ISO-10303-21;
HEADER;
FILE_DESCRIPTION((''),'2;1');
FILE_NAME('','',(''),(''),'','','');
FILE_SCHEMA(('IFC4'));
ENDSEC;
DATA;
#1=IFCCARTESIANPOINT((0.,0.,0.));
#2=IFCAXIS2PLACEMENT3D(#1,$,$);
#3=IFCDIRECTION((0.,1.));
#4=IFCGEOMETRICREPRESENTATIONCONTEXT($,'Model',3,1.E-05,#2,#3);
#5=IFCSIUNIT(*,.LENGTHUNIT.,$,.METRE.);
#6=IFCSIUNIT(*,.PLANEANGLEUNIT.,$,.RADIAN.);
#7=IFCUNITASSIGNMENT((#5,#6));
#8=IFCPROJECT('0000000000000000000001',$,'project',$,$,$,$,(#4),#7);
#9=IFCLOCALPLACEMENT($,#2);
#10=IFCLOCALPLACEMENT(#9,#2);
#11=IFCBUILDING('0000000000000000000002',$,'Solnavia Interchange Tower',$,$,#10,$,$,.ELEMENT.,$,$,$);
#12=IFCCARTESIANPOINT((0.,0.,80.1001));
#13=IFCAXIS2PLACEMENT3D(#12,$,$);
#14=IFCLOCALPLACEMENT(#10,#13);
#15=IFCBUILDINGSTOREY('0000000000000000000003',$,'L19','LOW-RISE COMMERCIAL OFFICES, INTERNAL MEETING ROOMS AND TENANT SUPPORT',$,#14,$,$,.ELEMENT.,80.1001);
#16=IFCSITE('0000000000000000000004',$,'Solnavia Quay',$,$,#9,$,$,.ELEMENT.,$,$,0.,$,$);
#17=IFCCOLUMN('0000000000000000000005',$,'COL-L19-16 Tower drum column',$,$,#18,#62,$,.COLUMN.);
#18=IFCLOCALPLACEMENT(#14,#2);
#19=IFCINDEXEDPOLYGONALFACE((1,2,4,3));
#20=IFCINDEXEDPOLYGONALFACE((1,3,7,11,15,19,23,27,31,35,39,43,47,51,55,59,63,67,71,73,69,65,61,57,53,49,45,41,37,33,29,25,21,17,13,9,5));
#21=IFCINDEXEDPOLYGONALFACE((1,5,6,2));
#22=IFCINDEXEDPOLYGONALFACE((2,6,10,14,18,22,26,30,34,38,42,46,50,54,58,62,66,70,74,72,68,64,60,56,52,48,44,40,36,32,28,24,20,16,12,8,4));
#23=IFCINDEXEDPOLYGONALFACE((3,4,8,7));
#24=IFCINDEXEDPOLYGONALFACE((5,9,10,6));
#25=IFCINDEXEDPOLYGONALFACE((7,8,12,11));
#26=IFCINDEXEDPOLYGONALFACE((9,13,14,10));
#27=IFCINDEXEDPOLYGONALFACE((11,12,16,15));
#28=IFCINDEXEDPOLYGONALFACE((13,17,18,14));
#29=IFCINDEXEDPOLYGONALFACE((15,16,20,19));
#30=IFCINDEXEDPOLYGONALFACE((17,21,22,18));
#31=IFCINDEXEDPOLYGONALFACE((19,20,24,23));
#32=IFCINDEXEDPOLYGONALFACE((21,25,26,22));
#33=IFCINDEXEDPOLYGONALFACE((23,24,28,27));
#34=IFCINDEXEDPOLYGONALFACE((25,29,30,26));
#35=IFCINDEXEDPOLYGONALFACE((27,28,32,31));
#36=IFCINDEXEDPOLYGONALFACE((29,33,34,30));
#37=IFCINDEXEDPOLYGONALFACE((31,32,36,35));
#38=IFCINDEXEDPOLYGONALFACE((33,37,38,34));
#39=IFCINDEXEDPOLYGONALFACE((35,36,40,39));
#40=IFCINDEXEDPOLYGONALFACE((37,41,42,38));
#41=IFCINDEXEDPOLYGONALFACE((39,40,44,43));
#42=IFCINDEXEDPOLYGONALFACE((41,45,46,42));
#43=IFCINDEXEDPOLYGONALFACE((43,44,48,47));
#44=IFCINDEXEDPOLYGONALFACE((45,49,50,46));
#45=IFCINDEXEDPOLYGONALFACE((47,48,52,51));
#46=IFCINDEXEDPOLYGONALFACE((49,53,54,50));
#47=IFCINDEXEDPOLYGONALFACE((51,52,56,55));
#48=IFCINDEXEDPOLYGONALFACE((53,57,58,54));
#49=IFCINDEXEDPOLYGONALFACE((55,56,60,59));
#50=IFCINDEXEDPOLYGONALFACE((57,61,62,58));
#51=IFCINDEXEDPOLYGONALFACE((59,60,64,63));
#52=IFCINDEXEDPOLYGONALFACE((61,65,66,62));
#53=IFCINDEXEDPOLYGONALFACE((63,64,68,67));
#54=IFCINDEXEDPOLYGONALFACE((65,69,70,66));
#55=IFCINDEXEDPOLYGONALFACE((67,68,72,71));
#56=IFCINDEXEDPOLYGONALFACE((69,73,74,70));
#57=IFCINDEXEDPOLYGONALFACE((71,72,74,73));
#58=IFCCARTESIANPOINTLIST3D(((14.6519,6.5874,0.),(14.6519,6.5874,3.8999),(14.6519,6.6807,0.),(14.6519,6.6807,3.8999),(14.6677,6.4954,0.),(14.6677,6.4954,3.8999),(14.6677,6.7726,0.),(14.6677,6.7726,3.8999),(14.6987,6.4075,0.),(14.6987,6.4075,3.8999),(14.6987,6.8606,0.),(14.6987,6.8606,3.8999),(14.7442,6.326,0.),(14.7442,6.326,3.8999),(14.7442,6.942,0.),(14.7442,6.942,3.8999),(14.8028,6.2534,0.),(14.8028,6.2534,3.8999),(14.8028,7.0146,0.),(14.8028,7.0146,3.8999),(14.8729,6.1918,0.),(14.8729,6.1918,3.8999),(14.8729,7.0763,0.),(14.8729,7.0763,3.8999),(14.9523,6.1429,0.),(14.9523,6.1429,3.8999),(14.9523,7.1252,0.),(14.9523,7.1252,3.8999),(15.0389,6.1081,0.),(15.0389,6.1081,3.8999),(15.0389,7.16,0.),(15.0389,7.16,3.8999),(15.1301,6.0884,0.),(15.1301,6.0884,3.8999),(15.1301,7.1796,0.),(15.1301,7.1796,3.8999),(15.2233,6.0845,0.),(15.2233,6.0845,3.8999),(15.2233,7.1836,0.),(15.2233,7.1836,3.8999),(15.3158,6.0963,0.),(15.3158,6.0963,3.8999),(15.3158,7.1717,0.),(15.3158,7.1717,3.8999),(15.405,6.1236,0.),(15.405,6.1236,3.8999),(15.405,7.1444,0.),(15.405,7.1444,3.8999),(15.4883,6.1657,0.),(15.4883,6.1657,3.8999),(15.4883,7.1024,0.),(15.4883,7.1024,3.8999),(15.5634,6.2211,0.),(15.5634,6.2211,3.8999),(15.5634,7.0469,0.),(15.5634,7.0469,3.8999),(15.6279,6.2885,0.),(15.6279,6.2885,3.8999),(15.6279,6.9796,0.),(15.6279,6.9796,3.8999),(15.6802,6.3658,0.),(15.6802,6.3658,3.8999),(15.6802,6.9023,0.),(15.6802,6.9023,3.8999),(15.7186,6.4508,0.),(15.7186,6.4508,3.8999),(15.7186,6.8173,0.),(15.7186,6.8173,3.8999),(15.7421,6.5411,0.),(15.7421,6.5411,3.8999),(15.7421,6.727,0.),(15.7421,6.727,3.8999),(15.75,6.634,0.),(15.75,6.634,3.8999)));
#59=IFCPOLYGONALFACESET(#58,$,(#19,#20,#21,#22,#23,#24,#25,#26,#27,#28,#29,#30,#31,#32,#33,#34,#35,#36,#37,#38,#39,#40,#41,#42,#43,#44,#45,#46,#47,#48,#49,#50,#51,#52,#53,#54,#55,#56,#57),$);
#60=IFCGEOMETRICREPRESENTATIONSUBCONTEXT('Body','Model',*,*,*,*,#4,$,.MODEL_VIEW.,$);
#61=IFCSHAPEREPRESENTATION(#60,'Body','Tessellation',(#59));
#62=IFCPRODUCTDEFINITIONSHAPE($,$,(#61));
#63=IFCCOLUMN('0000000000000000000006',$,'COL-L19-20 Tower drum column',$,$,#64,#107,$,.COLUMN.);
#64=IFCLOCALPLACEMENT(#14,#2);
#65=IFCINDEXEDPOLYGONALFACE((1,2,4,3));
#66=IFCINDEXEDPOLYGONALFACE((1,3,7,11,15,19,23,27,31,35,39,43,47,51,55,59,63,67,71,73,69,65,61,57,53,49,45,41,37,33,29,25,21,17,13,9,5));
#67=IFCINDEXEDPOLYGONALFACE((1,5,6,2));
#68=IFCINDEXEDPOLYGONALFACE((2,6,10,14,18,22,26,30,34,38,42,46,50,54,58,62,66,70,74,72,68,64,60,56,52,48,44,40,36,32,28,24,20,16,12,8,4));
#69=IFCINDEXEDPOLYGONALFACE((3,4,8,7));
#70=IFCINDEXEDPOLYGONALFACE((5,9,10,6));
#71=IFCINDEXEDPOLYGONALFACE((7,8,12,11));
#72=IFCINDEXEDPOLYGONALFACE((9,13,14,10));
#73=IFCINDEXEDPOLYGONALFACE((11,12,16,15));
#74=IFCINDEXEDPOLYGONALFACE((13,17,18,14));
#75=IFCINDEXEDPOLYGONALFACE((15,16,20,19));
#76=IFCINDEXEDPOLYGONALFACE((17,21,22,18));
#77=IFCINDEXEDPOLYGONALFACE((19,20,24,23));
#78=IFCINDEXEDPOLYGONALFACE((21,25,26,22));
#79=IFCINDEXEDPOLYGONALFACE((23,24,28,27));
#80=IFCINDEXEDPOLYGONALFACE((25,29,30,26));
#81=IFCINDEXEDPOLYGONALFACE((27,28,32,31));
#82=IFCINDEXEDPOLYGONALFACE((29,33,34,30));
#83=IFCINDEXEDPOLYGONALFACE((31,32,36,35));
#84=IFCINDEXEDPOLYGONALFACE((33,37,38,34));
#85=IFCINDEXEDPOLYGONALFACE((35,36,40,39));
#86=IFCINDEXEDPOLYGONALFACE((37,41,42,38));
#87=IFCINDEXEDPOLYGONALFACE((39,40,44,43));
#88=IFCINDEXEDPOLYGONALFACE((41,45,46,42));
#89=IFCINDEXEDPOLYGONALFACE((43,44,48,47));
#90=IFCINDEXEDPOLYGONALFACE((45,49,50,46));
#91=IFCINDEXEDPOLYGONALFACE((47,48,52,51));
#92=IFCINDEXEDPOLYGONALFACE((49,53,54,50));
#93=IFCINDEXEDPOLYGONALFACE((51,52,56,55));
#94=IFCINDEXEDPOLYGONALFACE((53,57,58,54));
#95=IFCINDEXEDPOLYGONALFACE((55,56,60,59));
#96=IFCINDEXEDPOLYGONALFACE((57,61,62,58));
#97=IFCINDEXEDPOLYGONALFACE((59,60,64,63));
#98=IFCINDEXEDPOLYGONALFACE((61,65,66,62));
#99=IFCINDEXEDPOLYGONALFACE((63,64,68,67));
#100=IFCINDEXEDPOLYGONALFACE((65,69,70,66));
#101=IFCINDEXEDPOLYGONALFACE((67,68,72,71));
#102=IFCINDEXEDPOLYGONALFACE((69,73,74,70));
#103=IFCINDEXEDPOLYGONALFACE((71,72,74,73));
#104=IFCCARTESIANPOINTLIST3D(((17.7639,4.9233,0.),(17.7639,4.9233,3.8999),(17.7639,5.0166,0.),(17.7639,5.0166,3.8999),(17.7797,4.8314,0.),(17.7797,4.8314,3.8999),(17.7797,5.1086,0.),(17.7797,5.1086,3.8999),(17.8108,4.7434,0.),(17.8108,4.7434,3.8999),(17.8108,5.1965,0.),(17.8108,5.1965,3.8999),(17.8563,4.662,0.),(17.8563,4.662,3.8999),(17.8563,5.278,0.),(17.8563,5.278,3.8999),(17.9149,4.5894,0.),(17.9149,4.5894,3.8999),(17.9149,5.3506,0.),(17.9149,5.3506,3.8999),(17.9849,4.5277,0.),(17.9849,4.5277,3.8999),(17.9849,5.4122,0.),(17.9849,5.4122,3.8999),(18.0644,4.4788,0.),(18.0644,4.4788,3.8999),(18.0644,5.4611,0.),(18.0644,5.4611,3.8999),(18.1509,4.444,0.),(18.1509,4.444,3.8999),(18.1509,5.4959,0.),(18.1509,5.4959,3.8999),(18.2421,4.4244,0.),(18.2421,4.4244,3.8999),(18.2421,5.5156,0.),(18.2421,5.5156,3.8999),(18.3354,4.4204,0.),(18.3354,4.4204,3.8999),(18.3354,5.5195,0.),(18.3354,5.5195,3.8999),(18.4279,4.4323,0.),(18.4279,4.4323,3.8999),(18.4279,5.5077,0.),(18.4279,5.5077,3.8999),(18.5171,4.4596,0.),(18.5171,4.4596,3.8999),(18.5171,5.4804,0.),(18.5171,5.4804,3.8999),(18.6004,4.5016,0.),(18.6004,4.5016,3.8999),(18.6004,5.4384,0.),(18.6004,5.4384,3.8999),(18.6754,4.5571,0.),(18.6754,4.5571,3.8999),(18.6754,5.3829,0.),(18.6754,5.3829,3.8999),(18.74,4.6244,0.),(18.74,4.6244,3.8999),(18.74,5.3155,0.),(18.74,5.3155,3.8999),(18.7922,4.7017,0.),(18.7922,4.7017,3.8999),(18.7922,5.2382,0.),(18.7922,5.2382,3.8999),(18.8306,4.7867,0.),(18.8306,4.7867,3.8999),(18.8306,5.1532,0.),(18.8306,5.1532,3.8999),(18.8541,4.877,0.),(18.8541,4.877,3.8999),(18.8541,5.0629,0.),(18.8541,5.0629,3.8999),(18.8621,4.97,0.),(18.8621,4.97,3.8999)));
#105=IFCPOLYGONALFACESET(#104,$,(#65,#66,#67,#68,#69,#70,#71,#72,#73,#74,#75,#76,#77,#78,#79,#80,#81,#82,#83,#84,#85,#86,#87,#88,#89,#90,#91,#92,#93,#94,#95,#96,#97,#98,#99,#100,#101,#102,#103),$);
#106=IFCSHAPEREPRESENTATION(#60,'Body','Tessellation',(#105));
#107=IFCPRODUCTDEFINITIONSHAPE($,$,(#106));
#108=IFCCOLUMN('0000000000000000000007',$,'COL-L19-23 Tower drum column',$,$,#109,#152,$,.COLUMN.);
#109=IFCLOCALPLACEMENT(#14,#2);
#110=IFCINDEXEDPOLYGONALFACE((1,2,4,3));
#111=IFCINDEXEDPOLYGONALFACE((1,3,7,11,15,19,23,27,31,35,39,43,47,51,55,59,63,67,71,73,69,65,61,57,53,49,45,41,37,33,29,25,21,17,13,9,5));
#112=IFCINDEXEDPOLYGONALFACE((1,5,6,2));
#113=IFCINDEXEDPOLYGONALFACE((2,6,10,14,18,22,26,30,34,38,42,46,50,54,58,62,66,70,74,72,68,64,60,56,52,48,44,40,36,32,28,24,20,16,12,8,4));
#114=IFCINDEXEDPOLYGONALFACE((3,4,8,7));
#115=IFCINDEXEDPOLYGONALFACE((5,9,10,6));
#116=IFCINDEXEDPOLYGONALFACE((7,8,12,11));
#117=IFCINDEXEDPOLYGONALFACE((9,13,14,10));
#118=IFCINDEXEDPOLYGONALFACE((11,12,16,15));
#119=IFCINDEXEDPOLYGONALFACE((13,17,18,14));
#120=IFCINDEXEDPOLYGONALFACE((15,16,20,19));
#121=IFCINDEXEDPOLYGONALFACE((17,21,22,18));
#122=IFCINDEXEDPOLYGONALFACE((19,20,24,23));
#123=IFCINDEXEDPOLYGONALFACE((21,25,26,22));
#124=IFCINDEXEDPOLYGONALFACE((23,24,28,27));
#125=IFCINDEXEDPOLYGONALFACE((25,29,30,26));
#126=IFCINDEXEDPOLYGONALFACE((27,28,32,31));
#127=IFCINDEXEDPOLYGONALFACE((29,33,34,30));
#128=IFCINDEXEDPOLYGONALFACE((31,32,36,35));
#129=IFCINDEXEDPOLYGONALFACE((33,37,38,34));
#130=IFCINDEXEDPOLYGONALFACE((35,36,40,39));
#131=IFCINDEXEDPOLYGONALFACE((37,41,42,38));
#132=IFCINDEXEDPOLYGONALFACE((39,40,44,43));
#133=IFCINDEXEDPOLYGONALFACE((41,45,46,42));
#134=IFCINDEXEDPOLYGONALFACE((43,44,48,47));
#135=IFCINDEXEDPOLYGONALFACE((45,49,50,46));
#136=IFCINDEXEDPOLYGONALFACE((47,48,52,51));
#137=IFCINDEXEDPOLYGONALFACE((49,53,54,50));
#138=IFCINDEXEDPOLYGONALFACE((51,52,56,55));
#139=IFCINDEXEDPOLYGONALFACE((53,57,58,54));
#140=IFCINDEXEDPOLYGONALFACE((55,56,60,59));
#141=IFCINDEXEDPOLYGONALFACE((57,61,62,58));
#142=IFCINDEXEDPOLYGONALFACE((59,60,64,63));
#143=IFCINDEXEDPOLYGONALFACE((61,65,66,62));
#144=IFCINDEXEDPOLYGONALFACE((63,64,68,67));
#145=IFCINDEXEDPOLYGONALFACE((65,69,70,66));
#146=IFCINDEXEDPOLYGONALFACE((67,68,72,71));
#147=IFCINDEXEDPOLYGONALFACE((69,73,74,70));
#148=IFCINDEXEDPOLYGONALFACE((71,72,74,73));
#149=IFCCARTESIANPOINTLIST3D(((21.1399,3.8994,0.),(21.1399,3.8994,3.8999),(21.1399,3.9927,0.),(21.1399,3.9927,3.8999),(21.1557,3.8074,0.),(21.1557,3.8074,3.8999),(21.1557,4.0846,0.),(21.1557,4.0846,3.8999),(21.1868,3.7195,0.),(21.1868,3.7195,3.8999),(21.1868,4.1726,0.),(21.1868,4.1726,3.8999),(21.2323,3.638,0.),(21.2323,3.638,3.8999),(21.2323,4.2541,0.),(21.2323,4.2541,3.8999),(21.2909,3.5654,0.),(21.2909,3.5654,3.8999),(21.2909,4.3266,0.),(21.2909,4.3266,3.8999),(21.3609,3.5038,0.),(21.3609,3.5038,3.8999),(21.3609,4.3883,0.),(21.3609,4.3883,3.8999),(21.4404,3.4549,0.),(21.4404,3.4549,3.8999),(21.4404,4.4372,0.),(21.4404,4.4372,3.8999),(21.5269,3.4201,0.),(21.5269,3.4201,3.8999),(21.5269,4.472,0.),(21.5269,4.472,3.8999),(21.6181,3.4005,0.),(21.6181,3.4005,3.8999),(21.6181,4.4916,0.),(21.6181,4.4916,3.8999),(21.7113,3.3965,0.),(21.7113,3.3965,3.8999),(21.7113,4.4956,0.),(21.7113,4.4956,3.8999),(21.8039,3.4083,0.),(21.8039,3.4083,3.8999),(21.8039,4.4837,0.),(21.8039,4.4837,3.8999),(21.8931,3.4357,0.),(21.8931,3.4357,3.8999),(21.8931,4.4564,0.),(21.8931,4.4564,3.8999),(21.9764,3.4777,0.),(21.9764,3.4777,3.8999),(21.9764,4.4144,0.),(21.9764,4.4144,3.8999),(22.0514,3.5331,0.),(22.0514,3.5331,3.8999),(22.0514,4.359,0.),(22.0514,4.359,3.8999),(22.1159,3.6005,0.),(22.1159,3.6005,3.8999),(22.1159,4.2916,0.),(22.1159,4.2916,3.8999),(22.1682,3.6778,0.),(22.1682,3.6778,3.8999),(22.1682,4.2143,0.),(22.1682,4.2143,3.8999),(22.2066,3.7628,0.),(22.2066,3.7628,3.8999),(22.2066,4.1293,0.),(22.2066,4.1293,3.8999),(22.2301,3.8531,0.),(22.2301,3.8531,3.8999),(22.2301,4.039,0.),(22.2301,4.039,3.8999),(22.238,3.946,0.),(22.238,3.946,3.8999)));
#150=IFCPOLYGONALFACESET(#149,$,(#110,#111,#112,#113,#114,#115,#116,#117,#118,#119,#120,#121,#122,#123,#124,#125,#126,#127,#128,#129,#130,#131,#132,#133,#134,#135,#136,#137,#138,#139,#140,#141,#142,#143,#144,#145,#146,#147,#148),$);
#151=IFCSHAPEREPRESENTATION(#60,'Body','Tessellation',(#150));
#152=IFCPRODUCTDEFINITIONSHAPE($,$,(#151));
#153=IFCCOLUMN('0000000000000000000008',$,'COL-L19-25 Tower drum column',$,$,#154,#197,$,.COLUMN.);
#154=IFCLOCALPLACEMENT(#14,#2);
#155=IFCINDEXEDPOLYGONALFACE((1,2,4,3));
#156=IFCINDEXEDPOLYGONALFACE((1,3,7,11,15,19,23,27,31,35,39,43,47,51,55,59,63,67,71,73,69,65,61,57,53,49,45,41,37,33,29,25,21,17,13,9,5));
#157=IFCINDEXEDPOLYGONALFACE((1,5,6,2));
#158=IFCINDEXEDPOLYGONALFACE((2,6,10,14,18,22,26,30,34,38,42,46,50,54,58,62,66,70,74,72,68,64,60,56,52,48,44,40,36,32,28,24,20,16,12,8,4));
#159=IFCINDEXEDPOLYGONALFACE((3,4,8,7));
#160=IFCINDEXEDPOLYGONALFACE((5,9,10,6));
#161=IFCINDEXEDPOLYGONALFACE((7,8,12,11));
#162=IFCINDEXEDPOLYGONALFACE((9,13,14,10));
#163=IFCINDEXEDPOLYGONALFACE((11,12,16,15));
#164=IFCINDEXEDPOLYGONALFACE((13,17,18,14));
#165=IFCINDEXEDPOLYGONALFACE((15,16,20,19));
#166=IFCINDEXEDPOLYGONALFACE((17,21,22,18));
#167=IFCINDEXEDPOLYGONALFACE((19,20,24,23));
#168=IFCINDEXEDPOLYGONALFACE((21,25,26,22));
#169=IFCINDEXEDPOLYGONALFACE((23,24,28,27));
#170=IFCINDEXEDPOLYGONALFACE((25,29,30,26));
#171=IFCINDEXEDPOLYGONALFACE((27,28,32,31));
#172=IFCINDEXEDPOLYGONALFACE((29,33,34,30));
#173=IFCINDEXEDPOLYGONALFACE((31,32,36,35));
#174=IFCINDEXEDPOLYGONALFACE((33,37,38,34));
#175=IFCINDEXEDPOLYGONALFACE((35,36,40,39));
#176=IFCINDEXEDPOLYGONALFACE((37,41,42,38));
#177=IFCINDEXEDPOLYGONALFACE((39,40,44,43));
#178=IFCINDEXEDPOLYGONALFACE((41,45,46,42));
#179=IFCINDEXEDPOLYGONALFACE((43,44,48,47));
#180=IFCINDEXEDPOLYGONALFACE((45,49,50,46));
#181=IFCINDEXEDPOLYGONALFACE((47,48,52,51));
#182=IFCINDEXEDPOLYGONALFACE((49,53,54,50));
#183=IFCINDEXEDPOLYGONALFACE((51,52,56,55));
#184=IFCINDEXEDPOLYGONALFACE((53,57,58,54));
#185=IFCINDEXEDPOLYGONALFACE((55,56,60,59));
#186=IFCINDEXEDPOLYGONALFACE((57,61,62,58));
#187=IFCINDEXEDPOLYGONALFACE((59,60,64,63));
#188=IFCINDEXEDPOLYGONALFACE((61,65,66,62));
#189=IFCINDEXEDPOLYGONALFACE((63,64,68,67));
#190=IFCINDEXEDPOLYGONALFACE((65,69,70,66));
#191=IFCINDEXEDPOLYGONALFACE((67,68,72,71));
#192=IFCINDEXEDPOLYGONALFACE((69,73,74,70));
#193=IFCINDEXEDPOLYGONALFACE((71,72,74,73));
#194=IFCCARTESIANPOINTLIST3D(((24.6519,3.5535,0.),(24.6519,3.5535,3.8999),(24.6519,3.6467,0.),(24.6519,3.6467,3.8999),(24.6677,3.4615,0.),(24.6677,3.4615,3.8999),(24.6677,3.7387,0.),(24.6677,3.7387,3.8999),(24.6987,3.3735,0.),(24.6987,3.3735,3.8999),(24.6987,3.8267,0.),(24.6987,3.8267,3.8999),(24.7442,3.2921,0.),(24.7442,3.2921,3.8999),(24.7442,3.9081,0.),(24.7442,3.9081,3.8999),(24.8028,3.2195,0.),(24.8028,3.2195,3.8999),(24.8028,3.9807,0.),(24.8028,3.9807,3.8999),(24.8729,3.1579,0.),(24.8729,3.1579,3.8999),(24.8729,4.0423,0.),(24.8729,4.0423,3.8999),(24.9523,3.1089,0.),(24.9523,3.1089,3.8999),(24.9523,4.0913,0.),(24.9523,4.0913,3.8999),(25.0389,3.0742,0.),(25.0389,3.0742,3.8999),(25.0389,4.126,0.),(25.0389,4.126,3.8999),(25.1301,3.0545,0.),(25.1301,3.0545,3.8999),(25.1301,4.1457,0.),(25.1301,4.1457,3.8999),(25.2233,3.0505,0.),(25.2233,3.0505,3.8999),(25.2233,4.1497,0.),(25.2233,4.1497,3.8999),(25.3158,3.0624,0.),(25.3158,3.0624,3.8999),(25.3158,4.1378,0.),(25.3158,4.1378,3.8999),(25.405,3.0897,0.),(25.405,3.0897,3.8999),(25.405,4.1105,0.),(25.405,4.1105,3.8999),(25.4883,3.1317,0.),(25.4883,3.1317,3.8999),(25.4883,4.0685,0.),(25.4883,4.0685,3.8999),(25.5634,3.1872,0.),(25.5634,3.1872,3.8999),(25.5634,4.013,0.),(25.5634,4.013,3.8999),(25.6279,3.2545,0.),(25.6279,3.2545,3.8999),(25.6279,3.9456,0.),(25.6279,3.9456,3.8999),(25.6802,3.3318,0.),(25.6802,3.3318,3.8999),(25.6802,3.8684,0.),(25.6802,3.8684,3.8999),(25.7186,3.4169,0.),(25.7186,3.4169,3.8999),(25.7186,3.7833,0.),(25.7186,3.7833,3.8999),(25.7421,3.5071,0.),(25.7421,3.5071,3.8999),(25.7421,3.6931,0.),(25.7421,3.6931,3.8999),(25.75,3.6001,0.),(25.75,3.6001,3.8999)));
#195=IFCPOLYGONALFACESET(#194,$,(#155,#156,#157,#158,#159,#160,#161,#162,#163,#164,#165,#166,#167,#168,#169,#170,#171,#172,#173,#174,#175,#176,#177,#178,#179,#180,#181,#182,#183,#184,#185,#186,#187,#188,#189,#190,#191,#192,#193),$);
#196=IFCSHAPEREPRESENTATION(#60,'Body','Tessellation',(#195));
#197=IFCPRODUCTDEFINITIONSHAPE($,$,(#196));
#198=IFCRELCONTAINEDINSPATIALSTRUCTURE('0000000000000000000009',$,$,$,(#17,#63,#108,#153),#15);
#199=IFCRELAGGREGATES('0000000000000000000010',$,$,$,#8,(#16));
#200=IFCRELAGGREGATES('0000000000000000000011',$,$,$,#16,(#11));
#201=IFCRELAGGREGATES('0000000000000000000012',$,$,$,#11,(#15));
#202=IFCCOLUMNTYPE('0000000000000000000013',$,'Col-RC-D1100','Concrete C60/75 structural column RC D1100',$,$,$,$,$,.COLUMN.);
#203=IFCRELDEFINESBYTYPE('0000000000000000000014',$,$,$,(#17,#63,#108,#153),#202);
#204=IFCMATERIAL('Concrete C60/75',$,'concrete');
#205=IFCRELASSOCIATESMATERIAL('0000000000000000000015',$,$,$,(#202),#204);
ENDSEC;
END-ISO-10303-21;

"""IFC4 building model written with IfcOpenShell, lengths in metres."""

from ifc_helpers import new_model, si_unit, direction, frame, origin, origin_2d, place, context, subcontext, project, spatial, circle, extrude, material, material_profile, profile_set, type_object, element, save


model = new_model("IFC4")

# Units and contexts
model_context = context("Model", 3, precision=1e-05, world=origin(), true_north=direction((0.0, 1.0)))
body_context = subcontext(model_context, "Body", "Model", "MODEL_VIEW")
ifc_project = project(units=[si_unit("LENGTHUNIT", "METRE"), si_unit("PLANEANGLEUNIT", "RADIAN")], contexts=[model_context])

# Site, building, storey
site_placement = place(None, origin())
site = spatial("IfcSite", under=ifc_project, at=site_placement, Name="Solnavia Quay", CompositionType="ELEMENT", RefElevation=0.0)
building_placement = place(site_placement, origin())
building = spatial("IfcBuilding", under=site, at=building_placement, Name="Solnavia Interchange Tower", CompositionType="ELEMENT")
storey_placement = place(building_placement, frame((0.0, 0.0, 80.1001)))
storey = spatial("IfcBuildingStorey", under=building, at=storey_placement, Name="L19", Description="LOW-RISE COMMERCIAL OFFICES, INTERNAL MEETING ROOMS AND TENANT SUPPORT", CompositionType="ELEMENT", Elevation=80.1001)

# Columns
ifc_material_1 = material(Name="Concrete C60/75", Category="concrete")
ifc_material_profile_1 = material_profile(ifc_material_1, circle(Radius=0.55, at=origin_2d()), Name="RC D1100")
ifc_profile_set_1 = profile_set([ifc_material_profile_1], Name="Concrete C60/75")
column_type_1 = type_object("IfcColumnType", Name="Col-RC-D1100", Description="Concrete C60/75 structural column RC D1100", PredefinedType="COLUMN", material=ifc_profile_set_1)
for number, where, z_axis, x_axis, name in (
    (1, (15.2, 6.634, 0.0), (0.0, 0.0, 1.0), (1.0, 0.0, 0.0), "COL-L19-16 Tower drum column"),
    (2, (18.312, 4.97, 0.0), (0.0, 0.0, 1.0), (1.0, 0.0, 0.0), "COL-L19-20 Tower drum column"),
    (3, (21.688, 3.946, 0.0), (0.0, 0.0, 1.0), (1.0, 0.0, 0.0), "COL-L19-23 Tower drum column"),
    (4, (25.2, 3.6001, 0.0), (0.0, 0.0, 1.0), (1.0, 0.0, 0.0), "COL-L19-25 Tower drum column"),
):
    element("IfcColumn", number, at=place(storey_placement, frame(where, z_axis=z_axis, x_axis=x_axis)), inside=storey, type_object=column_type_1, Name=name, PredefinedType="COLUMN", context=body_context, shape_type="SweptSolid", body=[
        extrude(circle(Radius=0.55, at=origin_2d()), origin(), (0.0, 0.0, 1.0), 3.8999),
    ])

save(model, "model.ifc")
